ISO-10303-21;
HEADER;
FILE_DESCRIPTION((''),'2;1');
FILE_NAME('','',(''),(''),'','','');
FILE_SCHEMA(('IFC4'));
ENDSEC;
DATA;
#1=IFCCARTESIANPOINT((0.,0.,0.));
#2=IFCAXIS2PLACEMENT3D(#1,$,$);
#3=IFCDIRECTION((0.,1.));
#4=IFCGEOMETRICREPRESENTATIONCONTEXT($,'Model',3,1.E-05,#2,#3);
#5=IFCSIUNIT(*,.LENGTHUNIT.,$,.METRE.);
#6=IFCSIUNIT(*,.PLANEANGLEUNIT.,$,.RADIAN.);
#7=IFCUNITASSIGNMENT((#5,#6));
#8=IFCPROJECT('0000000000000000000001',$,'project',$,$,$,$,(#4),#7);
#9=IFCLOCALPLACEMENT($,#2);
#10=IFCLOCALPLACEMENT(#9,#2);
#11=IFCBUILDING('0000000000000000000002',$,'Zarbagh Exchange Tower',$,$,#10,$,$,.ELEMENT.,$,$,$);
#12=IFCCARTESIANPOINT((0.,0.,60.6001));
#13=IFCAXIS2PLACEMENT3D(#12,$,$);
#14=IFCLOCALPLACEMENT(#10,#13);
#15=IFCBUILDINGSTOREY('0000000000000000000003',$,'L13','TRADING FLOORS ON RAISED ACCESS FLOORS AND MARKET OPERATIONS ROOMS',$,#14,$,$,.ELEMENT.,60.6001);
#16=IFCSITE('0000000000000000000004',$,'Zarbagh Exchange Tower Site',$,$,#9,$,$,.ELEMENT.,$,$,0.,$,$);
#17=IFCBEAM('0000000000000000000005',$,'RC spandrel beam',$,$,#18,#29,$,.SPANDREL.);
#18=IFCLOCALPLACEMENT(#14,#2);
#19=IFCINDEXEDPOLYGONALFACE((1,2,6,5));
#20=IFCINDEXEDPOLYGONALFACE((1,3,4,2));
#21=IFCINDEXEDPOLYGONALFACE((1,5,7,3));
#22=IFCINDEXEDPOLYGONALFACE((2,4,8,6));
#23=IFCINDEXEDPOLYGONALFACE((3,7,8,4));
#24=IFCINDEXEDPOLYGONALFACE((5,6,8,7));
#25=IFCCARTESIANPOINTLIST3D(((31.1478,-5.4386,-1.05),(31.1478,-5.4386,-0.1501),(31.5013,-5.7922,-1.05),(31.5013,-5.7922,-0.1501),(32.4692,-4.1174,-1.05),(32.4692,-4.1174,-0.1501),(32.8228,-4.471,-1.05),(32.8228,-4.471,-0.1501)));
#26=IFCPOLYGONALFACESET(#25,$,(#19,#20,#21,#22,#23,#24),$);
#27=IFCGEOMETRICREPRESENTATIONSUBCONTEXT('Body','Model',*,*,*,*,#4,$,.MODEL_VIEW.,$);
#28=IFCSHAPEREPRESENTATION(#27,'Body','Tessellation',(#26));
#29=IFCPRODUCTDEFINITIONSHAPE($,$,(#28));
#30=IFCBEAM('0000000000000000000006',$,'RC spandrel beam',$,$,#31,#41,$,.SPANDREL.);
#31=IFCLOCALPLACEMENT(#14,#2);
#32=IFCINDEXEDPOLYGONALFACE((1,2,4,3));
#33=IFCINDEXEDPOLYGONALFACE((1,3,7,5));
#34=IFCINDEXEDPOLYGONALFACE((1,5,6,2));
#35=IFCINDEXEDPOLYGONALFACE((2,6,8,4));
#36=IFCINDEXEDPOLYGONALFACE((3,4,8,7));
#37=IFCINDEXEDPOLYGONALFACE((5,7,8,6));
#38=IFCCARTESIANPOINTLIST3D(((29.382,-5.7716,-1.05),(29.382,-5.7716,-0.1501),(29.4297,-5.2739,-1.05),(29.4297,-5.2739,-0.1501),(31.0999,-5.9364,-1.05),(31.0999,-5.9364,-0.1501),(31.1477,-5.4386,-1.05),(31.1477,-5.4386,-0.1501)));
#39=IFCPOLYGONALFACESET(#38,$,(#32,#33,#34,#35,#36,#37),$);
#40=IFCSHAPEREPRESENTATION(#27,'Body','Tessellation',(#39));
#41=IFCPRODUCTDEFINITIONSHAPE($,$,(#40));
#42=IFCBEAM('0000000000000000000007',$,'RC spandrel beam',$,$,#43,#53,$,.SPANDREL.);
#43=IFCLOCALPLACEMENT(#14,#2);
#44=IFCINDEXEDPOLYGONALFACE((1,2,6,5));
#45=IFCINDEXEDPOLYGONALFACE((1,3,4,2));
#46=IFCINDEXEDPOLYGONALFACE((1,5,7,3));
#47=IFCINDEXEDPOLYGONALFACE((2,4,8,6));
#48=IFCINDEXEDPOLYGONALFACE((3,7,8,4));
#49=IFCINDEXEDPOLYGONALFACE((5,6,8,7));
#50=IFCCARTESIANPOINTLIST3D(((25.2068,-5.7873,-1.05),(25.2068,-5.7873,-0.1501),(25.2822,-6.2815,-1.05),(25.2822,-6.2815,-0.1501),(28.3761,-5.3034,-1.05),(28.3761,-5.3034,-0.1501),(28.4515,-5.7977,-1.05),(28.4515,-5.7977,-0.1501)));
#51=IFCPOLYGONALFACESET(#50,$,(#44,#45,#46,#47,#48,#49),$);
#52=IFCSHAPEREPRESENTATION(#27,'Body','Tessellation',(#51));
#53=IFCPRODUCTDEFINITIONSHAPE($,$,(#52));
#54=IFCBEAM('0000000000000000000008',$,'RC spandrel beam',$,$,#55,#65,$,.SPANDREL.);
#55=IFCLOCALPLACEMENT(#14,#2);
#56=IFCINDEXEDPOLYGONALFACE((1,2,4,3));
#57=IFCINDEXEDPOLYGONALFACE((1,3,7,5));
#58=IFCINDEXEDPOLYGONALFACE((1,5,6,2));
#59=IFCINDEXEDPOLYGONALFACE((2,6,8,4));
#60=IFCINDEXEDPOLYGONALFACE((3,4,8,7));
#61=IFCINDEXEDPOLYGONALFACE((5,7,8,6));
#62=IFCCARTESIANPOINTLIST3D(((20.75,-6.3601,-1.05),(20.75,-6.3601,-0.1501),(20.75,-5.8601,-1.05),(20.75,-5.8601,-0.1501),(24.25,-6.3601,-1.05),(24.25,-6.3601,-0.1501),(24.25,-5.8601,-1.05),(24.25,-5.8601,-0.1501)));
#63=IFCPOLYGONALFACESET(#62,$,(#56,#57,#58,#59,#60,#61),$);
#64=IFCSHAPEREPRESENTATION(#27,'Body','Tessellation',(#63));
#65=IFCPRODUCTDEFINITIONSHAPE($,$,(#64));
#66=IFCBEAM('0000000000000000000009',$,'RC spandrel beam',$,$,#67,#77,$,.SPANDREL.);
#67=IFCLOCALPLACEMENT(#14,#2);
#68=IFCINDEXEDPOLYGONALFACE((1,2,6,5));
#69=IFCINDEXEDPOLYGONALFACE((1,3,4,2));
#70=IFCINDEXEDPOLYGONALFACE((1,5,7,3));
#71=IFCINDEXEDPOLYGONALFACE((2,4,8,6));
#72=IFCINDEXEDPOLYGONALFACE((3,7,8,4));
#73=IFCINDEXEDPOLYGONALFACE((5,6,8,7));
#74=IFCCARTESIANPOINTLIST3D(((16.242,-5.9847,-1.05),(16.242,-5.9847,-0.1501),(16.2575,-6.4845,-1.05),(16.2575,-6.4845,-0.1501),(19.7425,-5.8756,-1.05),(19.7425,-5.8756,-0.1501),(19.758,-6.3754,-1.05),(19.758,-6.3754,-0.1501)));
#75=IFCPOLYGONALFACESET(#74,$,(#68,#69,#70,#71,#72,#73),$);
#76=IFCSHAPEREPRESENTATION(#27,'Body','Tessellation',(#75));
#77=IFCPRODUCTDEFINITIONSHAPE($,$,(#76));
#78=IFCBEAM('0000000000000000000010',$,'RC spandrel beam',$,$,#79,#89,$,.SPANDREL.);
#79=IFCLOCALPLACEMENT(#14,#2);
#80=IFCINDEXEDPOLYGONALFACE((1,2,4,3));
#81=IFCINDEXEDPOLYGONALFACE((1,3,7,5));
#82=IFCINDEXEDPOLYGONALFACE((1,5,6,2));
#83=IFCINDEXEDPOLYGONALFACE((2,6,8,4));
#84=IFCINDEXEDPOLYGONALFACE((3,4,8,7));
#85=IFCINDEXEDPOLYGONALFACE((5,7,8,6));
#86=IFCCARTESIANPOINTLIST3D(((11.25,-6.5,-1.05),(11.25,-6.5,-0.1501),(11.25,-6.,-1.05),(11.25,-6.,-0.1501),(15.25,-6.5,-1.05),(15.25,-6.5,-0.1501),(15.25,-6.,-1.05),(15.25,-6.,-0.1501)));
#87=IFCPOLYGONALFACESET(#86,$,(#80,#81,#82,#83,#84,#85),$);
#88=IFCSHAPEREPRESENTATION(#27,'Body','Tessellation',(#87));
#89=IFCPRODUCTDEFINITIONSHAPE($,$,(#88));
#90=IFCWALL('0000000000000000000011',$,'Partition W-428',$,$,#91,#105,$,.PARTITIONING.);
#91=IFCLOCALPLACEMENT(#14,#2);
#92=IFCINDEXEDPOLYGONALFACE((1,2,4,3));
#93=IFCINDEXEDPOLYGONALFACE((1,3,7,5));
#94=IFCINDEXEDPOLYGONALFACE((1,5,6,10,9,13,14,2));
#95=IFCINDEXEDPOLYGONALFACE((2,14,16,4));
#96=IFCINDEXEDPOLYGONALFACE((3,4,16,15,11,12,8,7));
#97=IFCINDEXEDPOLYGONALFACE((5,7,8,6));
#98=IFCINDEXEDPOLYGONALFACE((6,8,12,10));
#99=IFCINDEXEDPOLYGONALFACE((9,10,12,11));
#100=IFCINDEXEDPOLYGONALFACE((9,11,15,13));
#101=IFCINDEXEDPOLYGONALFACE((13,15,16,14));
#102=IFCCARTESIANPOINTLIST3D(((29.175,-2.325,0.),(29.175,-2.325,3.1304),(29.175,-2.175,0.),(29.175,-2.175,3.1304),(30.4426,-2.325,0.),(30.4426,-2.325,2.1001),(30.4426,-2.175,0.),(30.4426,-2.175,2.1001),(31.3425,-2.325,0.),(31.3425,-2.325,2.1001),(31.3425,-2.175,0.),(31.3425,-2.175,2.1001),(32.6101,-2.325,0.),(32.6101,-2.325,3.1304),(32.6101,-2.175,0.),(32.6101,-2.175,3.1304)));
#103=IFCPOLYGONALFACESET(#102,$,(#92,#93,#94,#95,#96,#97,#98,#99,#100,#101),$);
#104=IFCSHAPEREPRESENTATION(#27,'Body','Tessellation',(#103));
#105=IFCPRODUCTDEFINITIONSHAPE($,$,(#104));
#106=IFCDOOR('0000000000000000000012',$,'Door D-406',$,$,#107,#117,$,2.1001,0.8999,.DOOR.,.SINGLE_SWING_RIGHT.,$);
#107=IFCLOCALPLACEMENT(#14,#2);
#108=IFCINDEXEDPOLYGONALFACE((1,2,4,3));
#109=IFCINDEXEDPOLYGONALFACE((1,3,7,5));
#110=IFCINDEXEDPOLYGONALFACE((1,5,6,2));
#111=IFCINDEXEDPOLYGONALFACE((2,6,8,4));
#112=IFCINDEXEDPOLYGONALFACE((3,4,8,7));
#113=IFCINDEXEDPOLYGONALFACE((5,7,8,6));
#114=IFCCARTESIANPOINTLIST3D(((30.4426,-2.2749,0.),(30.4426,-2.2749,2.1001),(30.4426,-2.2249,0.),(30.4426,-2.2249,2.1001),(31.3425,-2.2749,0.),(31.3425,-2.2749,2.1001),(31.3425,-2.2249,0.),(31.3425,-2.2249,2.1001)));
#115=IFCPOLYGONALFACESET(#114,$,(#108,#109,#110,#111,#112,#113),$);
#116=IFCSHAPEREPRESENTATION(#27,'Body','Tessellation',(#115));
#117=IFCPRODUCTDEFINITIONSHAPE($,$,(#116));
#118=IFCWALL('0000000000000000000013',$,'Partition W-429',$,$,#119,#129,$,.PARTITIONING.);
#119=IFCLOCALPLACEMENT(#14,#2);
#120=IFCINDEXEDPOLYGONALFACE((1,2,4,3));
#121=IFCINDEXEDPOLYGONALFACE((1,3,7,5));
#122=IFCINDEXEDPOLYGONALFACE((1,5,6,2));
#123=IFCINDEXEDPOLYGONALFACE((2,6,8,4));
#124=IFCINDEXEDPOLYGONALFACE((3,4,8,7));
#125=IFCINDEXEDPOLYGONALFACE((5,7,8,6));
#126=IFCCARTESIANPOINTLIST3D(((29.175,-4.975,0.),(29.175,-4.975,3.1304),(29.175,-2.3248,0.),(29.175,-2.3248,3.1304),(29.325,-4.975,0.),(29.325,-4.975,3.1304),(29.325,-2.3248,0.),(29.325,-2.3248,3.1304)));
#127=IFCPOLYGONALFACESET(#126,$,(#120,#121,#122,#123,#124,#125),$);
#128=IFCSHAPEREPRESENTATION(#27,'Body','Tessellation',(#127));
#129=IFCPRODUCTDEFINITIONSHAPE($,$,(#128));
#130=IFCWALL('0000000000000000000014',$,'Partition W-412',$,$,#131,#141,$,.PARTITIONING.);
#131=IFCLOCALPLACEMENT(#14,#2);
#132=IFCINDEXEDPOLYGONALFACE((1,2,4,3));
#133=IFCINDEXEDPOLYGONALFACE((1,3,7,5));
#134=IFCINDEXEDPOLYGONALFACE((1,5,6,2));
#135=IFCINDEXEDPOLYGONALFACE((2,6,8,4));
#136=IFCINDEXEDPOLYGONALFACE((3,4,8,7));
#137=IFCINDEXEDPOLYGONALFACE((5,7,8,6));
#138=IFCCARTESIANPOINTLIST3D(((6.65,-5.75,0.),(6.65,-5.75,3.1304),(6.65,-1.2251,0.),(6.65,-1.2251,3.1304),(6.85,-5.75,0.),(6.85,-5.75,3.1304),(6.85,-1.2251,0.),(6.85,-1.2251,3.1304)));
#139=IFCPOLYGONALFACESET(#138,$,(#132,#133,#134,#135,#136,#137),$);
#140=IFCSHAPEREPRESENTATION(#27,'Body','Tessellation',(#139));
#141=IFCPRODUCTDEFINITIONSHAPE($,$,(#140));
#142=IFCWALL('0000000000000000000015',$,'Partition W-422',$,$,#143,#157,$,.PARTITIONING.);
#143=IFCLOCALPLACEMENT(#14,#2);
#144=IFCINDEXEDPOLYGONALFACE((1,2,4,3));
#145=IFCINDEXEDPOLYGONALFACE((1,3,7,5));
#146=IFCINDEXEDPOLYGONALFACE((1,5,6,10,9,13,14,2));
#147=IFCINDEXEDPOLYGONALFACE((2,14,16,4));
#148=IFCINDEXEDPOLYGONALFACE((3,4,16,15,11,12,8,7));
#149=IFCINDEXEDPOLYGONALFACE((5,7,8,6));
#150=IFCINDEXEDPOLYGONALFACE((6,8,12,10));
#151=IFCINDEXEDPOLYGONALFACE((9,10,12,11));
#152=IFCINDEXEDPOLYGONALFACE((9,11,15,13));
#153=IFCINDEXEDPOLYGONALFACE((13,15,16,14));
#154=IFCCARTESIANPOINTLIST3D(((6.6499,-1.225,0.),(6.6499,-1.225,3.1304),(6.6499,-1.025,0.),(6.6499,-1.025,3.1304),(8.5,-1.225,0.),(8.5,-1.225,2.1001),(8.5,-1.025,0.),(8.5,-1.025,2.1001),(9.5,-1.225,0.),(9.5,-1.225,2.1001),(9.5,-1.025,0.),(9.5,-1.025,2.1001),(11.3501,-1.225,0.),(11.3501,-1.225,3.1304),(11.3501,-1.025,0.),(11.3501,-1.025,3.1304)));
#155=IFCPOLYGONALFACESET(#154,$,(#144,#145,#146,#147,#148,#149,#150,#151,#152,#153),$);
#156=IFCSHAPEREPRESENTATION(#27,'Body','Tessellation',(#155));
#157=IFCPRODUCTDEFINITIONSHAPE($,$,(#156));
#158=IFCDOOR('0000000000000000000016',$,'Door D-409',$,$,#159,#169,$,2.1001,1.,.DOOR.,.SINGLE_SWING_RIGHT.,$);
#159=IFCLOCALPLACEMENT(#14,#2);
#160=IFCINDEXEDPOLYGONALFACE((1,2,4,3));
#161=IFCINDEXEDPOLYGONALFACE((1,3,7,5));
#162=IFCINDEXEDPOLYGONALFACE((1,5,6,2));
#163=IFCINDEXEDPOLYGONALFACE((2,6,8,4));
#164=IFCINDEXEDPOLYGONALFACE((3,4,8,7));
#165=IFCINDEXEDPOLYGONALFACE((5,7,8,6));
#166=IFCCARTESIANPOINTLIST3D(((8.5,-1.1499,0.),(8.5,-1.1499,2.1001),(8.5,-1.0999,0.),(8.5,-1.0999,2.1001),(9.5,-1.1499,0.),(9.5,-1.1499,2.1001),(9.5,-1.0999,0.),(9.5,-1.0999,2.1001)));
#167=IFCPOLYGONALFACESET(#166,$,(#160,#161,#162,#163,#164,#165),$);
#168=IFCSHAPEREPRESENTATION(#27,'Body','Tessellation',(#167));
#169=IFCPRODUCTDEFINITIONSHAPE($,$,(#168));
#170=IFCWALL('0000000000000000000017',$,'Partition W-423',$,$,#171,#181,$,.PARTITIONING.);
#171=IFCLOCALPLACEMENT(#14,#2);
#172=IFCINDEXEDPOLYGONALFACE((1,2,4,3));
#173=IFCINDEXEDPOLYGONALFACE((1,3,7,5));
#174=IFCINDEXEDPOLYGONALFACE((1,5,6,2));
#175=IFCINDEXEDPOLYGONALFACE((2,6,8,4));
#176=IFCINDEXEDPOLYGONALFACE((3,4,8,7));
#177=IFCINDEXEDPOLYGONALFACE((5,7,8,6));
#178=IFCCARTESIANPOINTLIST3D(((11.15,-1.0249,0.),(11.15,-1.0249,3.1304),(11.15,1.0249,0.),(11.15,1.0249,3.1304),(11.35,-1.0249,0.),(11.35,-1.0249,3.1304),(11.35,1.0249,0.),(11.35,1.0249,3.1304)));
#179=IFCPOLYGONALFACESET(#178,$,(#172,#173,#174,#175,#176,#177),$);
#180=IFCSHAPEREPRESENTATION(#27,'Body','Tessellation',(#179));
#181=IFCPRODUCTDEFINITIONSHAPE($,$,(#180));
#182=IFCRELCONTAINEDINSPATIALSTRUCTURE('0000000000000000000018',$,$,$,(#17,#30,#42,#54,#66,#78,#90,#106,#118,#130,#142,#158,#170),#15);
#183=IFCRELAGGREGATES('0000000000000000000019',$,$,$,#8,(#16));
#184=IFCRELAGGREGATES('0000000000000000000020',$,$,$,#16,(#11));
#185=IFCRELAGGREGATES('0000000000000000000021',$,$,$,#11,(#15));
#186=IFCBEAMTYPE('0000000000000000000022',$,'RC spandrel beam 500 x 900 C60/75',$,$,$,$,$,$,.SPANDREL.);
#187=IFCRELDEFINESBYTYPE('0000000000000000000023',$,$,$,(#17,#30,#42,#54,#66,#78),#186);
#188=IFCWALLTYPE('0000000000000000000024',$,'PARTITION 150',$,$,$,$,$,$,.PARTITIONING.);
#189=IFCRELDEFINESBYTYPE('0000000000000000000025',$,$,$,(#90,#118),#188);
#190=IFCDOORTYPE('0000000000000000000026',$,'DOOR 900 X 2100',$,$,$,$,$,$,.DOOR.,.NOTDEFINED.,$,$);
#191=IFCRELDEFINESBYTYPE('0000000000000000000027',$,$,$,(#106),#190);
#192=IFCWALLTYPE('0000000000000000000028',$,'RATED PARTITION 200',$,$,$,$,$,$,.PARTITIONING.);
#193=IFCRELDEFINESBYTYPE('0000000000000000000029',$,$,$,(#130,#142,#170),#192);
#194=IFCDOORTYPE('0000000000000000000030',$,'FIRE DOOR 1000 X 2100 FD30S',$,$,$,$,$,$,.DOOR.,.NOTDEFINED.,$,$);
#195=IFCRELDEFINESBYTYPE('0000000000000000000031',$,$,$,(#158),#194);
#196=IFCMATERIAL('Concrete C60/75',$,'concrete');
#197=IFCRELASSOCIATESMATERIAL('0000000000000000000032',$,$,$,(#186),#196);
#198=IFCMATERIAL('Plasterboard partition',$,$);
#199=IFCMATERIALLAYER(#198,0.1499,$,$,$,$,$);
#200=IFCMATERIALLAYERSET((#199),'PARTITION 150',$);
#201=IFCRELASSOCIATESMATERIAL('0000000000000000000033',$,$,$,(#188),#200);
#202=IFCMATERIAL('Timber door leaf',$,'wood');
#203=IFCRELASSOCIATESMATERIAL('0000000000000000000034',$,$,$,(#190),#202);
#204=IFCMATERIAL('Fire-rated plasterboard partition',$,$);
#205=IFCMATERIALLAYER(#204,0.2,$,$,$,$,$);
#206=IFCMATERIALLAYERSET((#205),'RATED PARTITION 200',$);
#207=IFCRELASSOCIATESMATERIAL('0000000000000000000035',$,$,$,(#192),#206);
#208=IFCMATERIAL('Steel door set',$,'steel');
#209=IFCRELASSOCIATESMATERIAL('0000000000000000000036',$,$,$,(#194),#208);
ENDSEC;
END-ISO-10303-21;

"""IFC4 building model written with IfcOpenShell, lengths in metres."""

from ifc_helpers import new_model, si_unit, direction, frame, frame_2d, origin, origin_2d, place, context, subcontext, project, spatial, rectangle, extrude, material, layer, layer_set, material_profile, profile_set, type_object, element, fill, save


model = new_model("IFC4")

# Units and contexts
model_context = context("Model", 3, precision=1e-05, world=origin(), true_north=direction((0.0, 1.0)))
body_context = subcontext(model_context, "Body", "Model", "MODEL_VIEW")
ifc_project = project(units=[si_unit("LENGTHUNIT", "METRE"), si_unit("PLANEANGLEUNIT", "RADIAN")], contexts=[model_context])

# Site, building, storey
site_placement = place(None, origin())
site = spatial("IfcSite", under=ifc_project, at=site_placement, Name="Zarbagh Exchange Tower Site", CompositionType="ELEMENT", RefElevation=0.0)
building_placement = place(site_placement, origin())
building = spatial("IfcBuilding", under=site, at=building_placement, Name="Zarbagh Exchange Tower", CompositionType="ELEMENT")
storey_placement = place(building_placement, frame((0.0, 0.0, 60.6001)))
storey = spatial("IfcBuildingStorey", under=building, at=storey_placement, Name="L13", Description="TRADING FLOORS ON RAISED ACCESS FLOORS AND MARKET OPERATIONS ROOMS", CompositionType="ELEMENT", Elevation=60.6001)

# Shared definitions
ifc_material_1 = material(Name="Concrete C60/75", Category="concrete")

# Beams
ifc_material_profile_1 = material_profile(ifc_material_1, rectangle(XDim=0.5, YDim=0.8999, at=origin_2d()), Name="RC spandrel beam 500 x 900 C60/75")
ifc_profile_set_1 = profile_set([ifc_material_profile_1], Name="Concrete C60/75")
beam_type_1 = type_object("IfcBeamType", Name="RC spandrel beam 500 x 900 C60/75", PredefinedType="SPANDREL", material=ifc_profile_set_1)
beam_1_placement = place(storey_placement, frame((32.646, -4.2942, -0.6001), z_axis=(-0.707172, -0.707041, 0.0), x_axis=(0.707041, -0.707172, 0.0)))
element("IfcBeam", 1, at=beam_1_placement, inside=storey, type_object=beam_type_1, Name="RC spandrel beam", PredefinedType="SPANDREL", context=body_context, shape_type="SweptSolid", body=[
    extrude(rectangle(XDim=0.5, YDim=0.8999, at=origin_2d()), origin(), (0.0, 0.0, 1.0), 1.8687),
])
beam_2_placement = place(storey_placement, frame((31.1238, -5.6875, -0.6001), z_axis=(-0.995431, 0.095483, 0.0), x_axis=(-0.095483, -0.995431, 0.0)))
element("IfcBeam", 2, at=beam_2_placement, inside=storey, type_object=beam_type_1, Name="RC spandrel beam", PredefinedType="SPANDREL", context=body_context, shape_type="SweptSolid", body=[
    extrude(rectangle(XDim=0.5, YDim=0.8999, at=origin_2d()), origin(), (0.0, 0.0, 1.0), 1.7258),
])
beam_3_placement = place(storey_placement, frame((28.4138, -5.5505, -0.6001), z_axis=(-0.988545, -0.150924, 0.0), x_axis=(0.150924, -0.988545, 0.0)))
element("IfcBeam", 3, at=beam_3_placement, inside=storey, type_object=beam_type_1, Name="RC spandrel beam", PredefinedType="SPANDREL", context=body_context, shape_type="SweptSolid", body=[
    extrude(rectangle(XDim=0.5, YDim=0.8999, at=origin_2d()), origin(), (0.0, 0.0, 1.0), 3.2061),
])
beam_4_placement = place(storey_placement, frame((24.25, -6.1101, -0.6001), z_axis=(-1.0, 0.0, 0.0), x_axis=(0.0, -1.0, 0.0)))
element("IfcBeam", 4, at=beam_4_placement, inside=storey, type_object=beam_type_1, Name="RC spandrel beam", PredefinedType="SPANDREL", context=body_context, shape_type="SweptSolid", body=[
    extrude(rectangle(XDim=0.5, YDim=0.8999, at=origin_2d()), origin(), (0.0, 0.0, 1.0), 3.5),
])
beam_5_placement = place(storey_placement, frame((19.7502, -6.1255, -0.6001), z_axis=(-0.999514, -0.031161, 0.0), x_axis=(0.031161, -0.999514, 0.0)))
element("IfcBeam", 5, at=beam_5_placement, inside=storey, type_object=beam_type_1, Name="RC spandrel beam", PredefinedType="SPANDREL", context=body_context, shape_type="SweptSolid", body=[
    extrude(rectangle(XDim=0.5, YDim=0.8999, at=origin_2d()), origin(), (0.0, 0.0, 1.0), 3.5022),
])
beam_6_placement = place(storey_placement, frame((15.25, -6.25, -0.6001), z_axis=(-1.0, 0.0, 0.0), x_axis=(0.0, -1.0, 0.0)))
element("IfcBeam", 6, at=beam_6_placement, inside=storey, type_object=beam_type_1, Name="RC spandrel beam", PredefinedType="SPANDREL", context=body_context, shape_type="SweptSolid", body=[
    extrude(rectangle(XDim=0.5, YDim=0.8999, at=origin_2d()), origin(), (0.0, 0.0, 1.0), 4.0),
])

# Wall, opening, door
ifc_material_2 = material(Name="Plasterboard partition")
ifc_layer_1 = layer(ifc_material_2, 0.1499)
ifc_layer_set_1 = layer_set([ifc_layer_1], Name="PARTITION 150")
wall_type_1 = type_object("IfcWallType", Name="PARTITION 150", PredefinedType="PARTITIONING", material=ifc_layer_set_1)
wall_1_placement = place(storey_placement, frame((32.6101, -2.25, 0.0), z_axis=(0.0, 0.0, 1.0), x_axis=(-1.0, 0.0, 0.0)))
wall_1 = element("IfcWall", 7, at=wall_1_placement, inside=storey, type_object=wall_type_1, Name="Partition W-428", PredefinedType="PARTITIONING", context=body_context, shape_type="SweptSolid", body=[
    extrude(rectangle(XDim=3.4351, YDim=0.1499, at=frame_2d((1.7175, 0.0))), origin(), (0.0, 0.0, 1.0), 3.1304),
])
opening_1_placement = place(wall_1_placement, frame((1.2676, 0.0, 0.0)))
opening_1 = element("IfcOpeningElement", 8, at=opening_1_placement, cuts=wall_1, PredefinedType="OPENING", context=body_context, shape_type="SweptSolid", body=[
    extrude(rectangle(XDim=0.8999, YDim=2.1001, at=frame_2d((0.45, 1.05))), frame((0.0, 0.085, 0.0), z_axis=(0.0, -1.0, 0.0), x_axis=(1.0, 0.0, 0.0)), (0.0, 0.0, 1.0), 0.1699),
])
ifc_material_3 = material(Name="Timber door leaf", Category="wood")
door_type_1 = type_object("IfcDoorType", Name="DOOR 900 X 2100", OperationType="NOTDEFINED", PredefinedType="DOOR", material=ifc_material_3)
door_1_placement = place(opening_1_placement, origin())
door_1 = element("IfcDoor", 9, at=door_1_placement, inside=storey, type_object=door_type_1, Name="Door D-406", OperationType="SINGLE_SWING_RIGHT", OverallHeight=2.1001, OverallWidth=0.8999, PredefinedType="DOOR", context=body_context, shape_type="SweptSolid", body=[
    extrude(rectangle(XDim=0.8999, YDim=2.1001, at=frame_2d((0.45, 1.05))), frame((0.0, 0.0249, 0.0), z_axis=(0.0, -1.0, 0.0), x_axis=(1.0, 0.0, 0.0)), (0.0, 0.0, 1.0), 0.05),
])
fill(opening_1, door_1)

# Walls
wall_2_placement = place(storey_placement, frame((29.25, -4.9751, 0.0), z_axis=(0.0, 0.0, 1.0), x_axis=(0.0, 1.0, 0.0)))
element("IfcWall", 10, at=wall_2_placement, inside=storey, type_object=wall_type_1, Name="Partition W-429", PredefinedType="PARTITIONING", context=body_context, shape_type="SweptSolid", body=[
    extrude(rectangle(XDim=2.6501, YDim=0.1499, at=frame_2d((1.3252, 0.0))), origin(), (0.0, 0.0, 1.0), 3.1304),
])
ifc_material_4 = material(Name="Fire-rated plasterboard partition")
ifc_layer_2 = layer(ifc_material_4, 0.2)
ifc_layer_set_2 = layer_set([ifc_layer_2], Name="RATED PARTITION 200")
wall_type_2 = type_object("IfcWallType", Name="RATED PARTITION 200", PredefinedType="PARTITIONING", material=ifc_layer_set_2)
wall_3_placement = place(storey_placement, frame((6.75, -5.75, 0.0), z_axis=(0.0, 0.0, 1.0), x_axis=(0.0, 1.0, 0.0)))
element("IfcWall", 11, at=wall_3_placement, inside=storey, type_object=wall_type_2, Name="Partition W-412", PredefinedType="PARTITIONING", context=body_context, shape_type="SweptSolid", body=[
    extrude(rectangle(XDim=4.5249, YDim=0.2, at=frame_2d((2.2625, 0.0))), origin(), (0.0, 0.0, 1.0), 3.1304),
])

# Wall, opening, door
wall_4_placement = place(storey_placement, frame((11.3501, -1.125, 0.0), z_axis=(0.0, 0.0, 1.0), x_axis=(-1.0, 0.0, 0.0)))
wall_4 = element("IfcWall", 12, at=wall_4_placement, inside=storey, type_object=wall_type_2, Name="Partition W-422", PredefinedType="PARTITIONING", context=body_context, shape_type="SweptSolid", body=[
    extrude(rectangle(XDim=4.7002, YDim=0.2, at=frame_2d((2.3501, 0.0))), origin(), (0.0, 0.0, 1.0), 3.1304),
])
opening_2_placement = place(wall_4_placement, frame((1.8501, 0.0, 0.0)))
opening_2 = element("IfcOpeningElement", 13, at=opening_2_placement, cuts=wall_4, PredefinedType="OPENING", context=body_context, shape_type="SweptSolid", body=[
    extrude(rectangle(XDim=1.0, YDim=2.1001, at=frame_2d((0.5, 1.05))), frame((0.0, 0.1099, 0.0), z_axis=(0.0, -1.0, 0.0), x_axis=(1.0, 0.0, 0.0)), (0.0, 0.0, 1.0), 0.22),
])
ifc_material_5 = material(Name="Steel door set", Category="steel")
door_type_2 = type_object("IfcDoorType", Name="FIRE DOOR 1000 X 2100 FD30S", OperationType="NOTDEFINED", PredefinedType="DOOR", material=ifc_material_5)
door_2_placement = place(opening_2_placement, origin())
door_2 = element("IfcDoor", 14, at=door_2_placement, inside=storey, type_object=door_type_2, Name="Door D-409", OperationType="SINGLE_SWING_RIGHT", OverallHeight=2.1001, OverallWidth=1.0, PredefinedType="DOOR", context=body_context, shape_type="SweptSolid", body=[
    extrude(rectangle(XDim=1.0, YDim=2.1001, at=frame_2d((0.5, 1.05))), frame((0.0, 0.0249, 0.0), z_axis=(0.0, -1.0, 0.0), x_axis=(1.0, 0.0, 0.0)), (0.0, 0.0, 1.0), 0.05),
])
fill(opening_2, door_2)

# Wall
wall_5_placement = place(storey_placement, frame((11.25, -1.0249, 0.0), z_axis=(0.0, 0.0, 1.0), x_axis=(0.0, 1.0, 0.0)))
element("IfcWall", 15, at=wall_5_placement, inside=storey, type_object=wall_type_2, Name="Partition W-423", PredefinedType="PARTITIONING", context=body_context, shape_type="SweptSolid", body=[
    extrude(rectangle(XDim=2.0498, YDim=0.2, at=frame_2d((1.0249, 0.0))), origin(), (0.0, 0.0, 1.0), 3.1304),
])

save(model, "model.ifc")
